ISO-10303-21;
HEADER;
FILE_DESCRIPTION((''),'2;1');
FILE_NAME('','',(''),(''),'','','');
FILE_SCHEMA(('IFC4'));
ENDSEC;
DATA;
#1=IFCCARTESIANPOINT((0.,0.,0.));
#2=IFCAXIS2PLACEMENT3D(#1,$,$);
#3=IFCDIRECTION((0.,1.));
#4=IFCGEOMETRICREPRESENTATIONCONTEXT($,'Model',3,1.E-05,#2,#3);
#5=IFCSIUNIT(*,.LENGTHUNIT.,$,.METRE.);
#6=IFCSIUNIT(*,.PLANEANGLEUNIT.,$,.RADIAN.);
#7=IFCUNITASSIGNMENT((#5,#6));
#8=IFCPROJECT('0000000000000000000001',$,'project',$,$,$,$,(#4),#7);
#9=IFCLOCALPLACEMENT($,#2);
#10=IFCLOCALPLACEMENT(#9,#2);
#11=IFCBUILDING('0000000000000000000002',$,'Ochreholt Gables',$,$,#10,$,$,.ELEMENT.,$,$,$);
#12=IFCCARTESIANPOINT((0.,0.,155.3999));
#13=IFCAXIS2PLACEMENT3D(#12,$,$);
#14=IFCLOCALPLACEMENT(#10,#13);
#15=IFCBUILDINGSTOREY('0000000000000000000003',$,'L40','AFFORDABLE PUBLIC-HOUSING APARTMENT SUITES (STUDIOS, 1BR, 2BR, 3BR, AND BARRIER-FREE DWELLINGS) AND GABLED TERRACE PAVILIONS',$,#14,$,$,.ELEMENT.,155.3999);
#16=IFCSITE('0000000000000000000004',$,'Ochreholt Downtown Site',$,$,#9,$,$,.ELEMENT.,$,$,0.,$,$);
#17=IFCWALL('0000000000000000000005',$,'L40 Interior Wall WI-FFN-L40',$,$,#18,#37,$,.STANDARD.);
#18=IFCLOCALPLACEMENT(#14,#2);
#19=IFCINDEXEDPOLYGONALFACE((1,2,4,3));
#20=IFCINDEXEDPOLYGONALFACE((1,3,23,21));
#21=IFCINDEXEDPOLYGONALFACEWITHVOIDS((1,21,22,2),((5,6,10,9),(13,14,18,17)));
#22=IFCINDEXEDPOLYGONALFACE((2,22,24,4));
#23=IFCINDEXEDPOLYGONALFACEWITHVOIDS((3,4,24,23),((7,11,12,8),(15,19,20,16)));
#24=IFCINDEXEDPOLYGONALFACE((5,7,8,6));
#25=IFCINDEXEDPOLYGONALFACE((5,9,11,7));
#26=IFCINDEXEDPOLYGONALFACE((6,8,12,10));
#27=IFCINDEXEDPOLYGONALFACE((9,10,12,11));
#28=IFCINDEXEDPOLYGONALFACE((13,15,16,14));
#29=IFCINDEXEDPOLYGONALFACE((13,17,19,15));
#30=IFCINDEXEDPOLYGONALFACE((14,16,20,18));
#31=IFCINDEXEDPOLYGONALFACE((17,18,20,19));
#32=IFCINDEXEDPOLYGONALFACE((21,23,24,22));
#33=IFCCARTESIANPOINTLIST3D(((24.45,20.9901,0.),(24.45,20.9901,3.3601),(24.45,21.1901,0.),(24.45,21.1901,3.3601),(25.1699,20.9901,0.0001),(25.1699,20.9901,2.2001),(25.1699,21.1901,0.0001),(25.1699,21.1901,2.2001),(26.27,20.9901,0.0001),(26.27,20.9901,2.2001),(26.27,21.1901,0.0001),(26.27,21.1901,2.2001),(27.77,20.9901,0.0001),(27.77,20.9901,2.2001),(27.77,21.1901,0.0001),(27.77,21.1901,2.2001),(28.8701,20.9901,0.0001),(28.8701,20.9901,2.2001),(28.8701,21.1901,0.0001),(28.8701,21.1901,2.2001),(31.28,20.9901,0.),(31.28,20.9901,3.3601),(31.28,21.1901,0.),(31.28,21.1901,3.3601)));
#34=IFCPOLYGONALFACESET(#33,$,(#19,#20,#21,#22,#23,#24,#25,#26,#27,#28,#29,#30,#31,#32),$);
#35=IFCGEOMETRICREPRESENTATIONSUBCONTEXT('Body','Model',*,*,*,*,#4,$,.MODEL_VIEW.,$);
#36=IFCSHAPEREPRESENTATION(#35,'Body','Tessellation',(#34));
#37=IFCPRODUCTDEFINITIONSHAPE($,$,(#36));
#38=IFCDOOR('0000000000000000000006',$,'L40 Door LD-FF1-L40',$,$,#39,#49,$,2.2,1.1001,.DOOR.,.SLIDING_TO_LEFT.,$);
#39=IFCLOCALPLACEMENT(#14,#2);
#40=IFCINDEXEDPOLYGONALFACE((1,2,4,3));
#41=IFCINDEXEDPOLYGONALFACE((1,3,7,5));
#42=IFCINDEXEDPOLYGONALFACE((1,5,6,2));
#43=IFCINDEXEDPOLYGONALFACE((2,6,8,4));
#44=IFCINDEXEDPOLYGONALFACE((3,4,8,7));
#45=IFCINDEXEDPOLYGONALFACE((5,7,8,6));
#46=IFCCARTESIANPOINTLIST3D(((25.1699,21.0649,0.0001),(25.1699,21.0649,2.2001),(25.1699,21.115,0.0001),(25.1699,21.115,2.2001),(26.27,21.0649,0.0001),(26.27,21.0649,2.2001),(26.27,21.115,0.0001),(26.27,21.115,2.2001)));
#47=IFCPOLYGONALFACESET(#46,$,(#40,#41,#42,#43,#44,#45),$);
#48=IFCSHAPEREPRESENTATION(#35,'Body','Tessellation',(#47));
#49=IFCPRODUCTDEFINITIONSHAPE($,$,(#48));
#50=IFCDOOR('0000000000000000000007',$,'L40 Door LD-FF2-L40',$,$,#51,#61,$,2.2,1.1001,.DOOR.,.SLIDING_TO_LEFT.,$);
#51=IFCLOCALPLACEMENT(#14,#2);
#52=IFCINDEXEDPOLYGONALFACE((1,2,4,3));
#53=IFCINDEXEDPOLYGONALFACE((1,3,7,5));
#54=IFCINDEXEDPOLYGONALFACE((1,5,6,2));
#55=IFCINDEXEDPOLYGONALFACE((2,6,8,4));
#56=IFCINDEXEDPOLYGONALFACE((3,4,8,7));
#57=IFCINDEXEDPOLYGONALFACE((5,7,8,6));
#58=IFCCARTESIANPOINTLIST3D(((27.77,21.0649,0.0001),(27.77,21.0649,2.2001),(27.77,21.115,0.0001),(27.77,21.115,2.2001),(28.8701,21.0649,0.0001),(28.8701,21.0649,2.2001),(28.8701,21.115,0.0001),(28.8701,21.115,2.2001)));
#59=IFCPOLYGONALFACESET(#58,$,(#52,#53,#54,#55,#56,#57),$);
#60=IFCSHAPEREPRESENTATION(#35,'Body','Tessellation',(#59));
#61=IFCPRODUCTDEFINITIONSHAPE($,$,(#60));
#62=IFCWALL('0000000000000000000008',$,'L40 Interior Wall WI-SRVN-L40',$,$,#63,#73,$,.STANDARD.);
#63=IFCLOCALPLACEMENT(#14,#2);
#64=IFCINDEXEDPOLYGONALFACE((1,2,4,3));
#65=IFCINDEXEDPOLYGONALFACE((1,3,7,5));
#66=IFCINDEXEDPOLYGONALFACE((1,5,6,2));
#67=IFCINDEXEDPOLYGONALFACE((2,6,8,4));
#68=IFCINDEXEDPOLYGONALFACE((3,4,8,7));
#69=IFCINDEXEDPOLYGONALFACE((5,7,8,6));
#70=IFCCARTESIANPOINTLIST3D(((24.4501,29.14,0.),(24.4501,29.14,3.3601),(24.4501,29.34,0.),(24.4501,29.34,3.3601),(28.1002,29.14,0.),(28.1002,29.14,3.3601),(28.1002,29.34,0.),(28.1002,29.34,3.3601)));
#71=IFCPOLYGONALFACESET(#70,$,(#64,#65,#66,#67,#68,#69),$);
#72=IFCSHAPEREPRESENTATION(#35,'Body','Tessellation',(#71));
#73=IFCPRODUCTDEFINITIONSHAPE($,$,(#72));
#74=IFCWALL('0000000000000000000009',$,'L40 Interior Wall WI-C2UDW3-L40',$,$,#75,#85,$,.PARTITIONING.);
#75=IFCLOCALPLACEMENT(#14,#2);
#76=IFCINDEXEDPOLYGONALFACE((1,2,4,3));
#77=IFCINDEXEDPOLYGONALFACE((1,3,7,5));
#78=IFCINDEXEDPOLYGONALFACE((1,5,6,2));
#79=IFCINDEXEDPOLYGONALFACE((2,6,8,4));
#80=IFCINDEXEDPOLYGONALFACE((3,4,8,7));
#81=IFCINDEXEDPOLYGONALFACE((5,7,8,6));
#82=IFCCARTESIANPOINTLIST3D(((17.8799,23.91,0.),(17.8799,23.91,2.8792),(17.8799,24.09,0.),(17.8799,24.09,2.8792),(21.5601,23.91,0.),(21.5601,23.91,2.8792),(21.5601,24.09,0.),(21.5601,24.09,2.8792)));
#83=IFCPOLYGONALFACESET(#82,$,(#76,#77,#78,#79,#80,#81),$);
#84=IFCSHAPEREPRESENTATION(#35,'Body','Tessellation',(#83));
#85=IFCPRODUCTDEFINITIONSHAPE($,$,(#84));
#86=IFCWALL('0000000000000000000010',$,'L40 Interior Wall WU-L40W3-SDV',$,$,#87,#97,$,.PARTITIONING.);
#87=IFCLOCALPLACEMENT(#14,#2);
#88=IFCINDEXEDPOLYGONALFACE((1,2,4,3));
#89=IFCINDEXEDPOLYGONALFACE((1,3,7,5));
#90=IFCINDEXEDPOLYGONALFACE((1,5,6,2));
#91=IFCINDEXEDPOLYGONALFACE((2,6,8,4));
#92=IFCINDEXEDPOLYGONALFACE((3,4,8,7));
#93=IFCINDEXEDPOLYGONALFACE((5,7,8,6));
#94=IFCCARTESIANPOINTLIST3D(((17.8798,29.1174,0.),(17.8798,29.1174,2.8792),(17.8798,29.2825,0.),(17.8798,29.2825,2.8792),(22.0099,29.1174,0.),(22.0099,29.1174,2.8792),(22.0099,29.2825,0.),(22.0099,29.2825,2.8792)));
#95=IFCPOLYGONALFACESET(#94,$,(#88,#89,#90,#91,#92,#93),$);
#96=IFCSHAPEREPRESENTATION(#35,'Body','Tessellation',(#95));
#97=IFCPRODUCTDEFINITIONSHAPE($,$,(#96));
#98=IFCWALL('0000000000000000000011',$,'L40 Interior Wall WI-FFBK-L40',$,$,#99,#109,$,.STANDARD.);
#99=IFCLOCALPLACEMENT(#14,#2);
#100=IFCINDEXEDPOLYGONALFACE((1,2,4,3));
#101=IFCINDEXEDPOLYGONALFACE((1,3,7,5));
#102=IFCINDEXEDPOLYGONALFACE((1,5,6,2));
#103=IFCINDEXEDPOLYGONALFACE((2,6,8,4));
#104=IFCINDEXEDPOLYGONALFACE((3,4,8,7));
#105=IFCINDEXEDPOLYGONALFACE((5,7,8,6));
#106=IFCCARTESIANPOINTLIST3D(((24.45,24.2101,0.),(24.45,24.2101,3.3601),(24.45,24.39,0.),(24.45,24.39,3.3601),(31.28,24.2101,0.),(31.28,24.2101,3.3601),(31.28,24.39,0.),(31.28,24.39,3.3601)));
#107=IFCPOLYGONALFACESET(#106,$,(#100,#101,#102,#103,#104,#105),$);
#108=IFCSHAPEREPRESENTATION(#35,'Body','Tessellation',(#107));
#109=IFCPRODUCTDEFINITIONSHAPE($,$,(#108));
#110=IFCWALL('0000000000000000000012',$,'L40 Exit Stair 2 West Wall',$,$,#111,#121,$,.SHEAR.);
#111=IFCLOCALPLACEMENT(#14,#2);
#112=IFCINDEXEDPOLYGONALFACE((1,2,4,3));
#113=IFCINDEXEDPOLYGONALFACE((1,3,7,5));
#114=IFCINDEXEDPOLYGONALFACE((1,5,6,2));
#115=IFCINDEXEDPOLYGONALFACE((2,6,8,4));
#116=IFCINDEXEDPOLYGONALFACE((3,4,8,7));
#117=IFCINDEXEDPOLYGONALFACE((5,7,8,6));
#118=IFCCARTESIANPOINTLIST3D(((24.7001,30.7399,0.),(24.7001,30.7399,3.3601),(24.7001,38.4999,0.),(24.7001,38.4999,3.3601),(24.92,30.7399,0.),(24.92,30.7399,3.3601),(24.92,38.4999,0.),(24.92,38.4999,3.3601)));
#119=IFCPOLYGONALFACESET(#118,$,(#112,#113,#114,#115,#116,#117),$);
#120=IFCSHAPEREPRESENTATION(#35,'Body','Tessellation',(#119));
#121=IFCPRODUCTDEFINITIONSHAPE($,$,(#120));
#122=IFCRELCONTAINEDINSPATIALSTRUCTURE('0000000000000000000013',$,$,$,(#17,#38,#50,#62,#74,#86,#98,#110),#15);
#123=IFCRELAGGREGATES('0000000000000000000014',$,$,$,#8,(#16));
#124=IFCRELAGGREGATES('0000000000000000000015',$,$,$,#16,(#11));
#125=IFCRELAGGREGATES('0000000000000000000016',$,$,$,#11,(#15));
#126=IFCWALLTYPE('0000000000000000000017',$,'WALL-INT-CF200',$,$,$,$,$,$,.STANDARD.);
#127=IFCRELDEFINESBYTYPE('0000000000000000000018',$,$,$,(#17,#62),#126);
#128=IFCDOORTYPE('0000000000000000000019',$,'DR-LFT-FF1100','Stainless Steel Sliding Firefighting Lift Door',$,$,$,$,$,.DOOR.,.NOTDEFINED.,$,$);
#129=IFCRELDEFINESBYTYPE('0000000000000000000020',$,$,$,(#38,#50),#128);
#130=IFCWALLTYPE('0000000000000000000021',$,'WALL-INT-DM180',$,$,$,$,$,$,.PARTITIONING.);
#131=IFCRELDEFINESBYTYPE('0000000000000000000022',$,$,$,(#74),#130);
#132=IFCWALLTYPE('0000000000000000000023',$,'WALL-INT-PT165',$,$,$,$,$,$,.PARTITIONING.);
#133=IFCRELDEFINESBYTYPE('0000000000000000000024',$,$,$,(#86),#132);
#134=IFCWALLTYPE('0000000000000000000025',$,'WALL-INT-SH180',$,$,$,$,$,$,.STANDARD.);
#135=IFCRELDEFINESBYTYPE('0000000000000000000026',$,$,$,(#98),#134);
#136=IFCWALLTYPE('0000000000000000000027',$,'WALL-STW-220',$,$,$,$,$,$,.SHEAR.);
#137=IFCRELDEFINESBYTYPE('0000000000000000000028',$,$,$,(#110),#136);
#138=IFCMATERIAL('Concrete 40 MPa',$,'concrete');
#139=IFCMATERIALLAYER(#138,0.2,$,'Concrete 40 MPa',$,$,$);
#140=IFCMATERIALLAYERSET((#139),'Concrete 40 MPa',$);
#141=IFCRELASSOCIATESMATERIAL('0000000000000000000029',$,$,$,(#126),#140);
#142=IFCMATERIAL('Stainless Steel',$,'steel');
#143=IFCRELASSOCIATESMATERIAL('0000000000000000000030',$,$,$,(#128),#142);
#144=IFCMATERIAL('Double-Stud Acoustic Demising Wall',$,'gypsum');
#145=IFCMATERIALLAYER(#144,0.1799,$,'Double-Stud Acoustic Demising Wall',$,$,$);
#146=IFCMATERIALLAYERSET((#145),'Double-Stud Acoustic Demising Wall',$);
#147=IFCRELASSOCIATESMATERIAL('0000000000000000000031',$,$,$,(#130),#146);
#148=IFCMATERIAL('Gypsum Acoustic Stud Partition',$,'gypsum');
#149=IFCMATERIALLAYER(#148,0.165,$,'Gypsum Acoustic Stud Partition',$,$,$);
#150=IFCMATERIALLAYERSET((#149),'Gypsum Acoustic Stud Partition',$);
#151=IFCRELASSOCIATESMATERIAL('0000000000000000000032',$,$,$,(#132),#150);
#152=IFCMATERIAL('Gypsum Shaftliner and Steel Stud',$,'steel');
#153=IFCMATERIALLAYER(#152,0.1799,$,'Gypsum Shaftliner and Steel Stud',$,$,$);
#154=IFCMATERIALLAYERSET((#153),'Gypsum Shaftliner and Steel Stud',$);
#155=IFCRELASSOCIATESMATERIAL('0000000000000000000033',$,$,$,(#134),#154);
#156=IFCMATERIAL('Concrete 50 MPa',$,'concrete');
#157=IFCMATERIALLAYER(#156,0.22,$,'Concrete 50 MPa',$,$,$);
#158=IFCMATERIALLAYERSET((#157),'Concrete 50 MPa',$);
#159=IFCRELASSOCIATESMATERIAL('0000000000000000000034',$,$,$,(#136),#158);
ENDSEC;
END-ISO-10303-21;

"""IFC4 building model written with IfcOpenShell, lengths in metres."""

from ifc_helpers import new_model, si_unit, direction, frame, frame_2d, origin, place, context, subcontext, project, spatial, rectangle, extrude, material, layer, layer_set, type_object, element, fill, save


model = new_model("IFC4")

# Units and contexts
model_context = context("Model", 3, precision=1e-05, world=origin(), true_north=direction((0.0, 1.0)))
body_context = subcontext(model_context, "Body", "Model", "MODEL_VIEW")
ifc_project = project(units=[si_unit("LENGTHUNIT", "METRE"), si_unit("PLANEANGLEUNIT", "RADIAN")], contexts=[model_context])

# Site, building, storey
site_placement = place(None, origin())
site = spatial("IfcSite", under=ifc_project, at=site_placement, Name="Ochreholt Downtown Site", CompositionType="ELEMENT", RefElevation=0.0)
building_placement = place(site_placement, origin())
building = spatial("IfcBuilding", under=site, at=building_placement, Name="Ochreholt Gables", CompositionType="ELEMENT")
storey_placement = place(building_placement, frame((0.0, 0.0, 155.3999)))
storey = spatial("IfcBuildingStorey", under=building, at=storey_placement, Name="L40", Description="AFFORDABLE PUBLIC-HOUSING APARTMENT SUITES (STUDIOS, 1BR, 2BR, 3BR, AND BARRIER-FREE DWELLINGS) AND GABLED TERRACE PAVILIONS", CompositionType="ELEMENT", Elevation=155.3999)

# Shared definitions
ifc_material_1 = material(Name="Concrete 50 MPa", Category="concrete")

# Wall, openings, doors
ifc_material_2 = material(Name="Concrete 40 MPa", Category="concrete")
ifc_layer_1 = layer(ifc_material_2, 0.2, Name="Concrete 40 MPa")
ifc_layer_set_1 = layer_set([ifc_layer_1], Name="Concrete 40 MPa")
wall_type_1 = type_object("IfcWallType", Name="WALL-INT-CF200", PredefinedType="STANDARD", material=ifc_layer_set_1)
wall_1_placement = place(storey_placement, frame((24.45, 21.0901, 0.0), z_axis=(0.0, 0.0, 1.0), x_axis=(1.0, 0.0, 0.0)))
wall_1 = element("IfcWall", 1, at=wall_1_placement, inside=storey, type_object=wall_type_1, Name="L40 Interior Wall WI-FFN-L40", PredefinedType="STANDARD", context=body_context, shape_type="SweptSolid", body=[
    extrude(rectangle(XDim=6.8301, YDim=0.2, at=frame_2d((3.415, 0.0))), origin(), (0.0, 0.0, 1.0), 3.3601),
])
opening_1_placement = place(wall_1_placement, frame((0.72, 0.0, 0.0)))
opening_1 = element("IfcOpeningElement", 2, at=opening_1_placement, cuts=wall_1, PredefinedType="OPENING", context=body_context, shape_type="SweptSolid", body=[
    extrude(rectangle(XDim=1.1001, YDim=2.2, at=frame_2d((0.55, 1.1001))), frame((0.0, 0.1099, 0.0), z_axis=(0.0, -1.0, 0.0), x_axis=(1.0, 0.0, 0.0)), (0.0, 0.0, 1.0), 0.22),
])
opening_2_placement = place(wall_1_placement, frame((3.3201, 0.0, 0.0)))
opening_2 = element("IfcOpeningElement", 3, at=opening_2_placement, cuts=wall_1, PredefinedType="OPENING", context=body_context, shape_type="SweptSolid", body=[
    extrude(rectangle(XDim=1.1001, YDim=2.2, at=frame_2d((0.55, 1.1001))), frame((0.0, 0.1099, 0.0), z_axis=(0.0, -1.0, 0.0), x_axis=(1.0, 0.0, 0.0)), (0.0, 0.0, 1.0), 0.22),
])
ifc_material_3 = material(Name="Stainless Steel", Category="steel")
door_type_1 = type_object("IfcDoorType", Name="DR-LFT-FF1100", Description="Stainless Steel Sliding Firefighting Lift Door", OperationType="NOTDEFINED", PredefinedType="DOOR", material=ifc_material_3)
door_1_placement = place(opening_1_placement, origin())
door_1 = element("IfcDoor", 4, at=door_1_placement, inside=storey, type_object=door_type_1, Name="L40 Door LD-FF1-L40", OperationType="SLIDING_TO_LEFT", OverallHeight=2.2, OverallWidth=1.1001, PredefinedType="DOOR", context=body_context, shape_type="SweptSolid", body=[
    extrude(rectangle(XDim=1.1001, YDim=2.2, at=frame_2d((0.55, 1.1001))), frame((0.0, 0.0249, 0.0), z_axis=(0.0, -1.0, 0.0), x_axis=(1.0, 0.0, 0.0)), (0.0, 0.0, 1.0), 0.05),
])
fill(opening_1, door_1)
door_2_placement = place(opening_2_placement, origin())
door_2 = element("IfcDoor", 5, at=door_2_placement, inside=storey, type_object=door_type_1, Name="L40 Door LD-FF2-L40", OperationType="SLIDING_TO_LEFT", OverallHeight=2.2, OverallWidth=1.1001, PredefinedType="DOOR", context=body_context, shape_type="SweptSolid", body=[
    extrude(rectangle(XDim=1.1001, YDim=2.2, at=frame_2d((0.55, 1.1001))), frame((0.0, 0.0249, 0.0), z_axis=(0.0, -1.0, 0.0), x_axis=(1.0, 0.0, 0.0)), (0.0, 0.0, 1.0), 0.05),
])
fill(opening_2, door_2)

# Walls
wall_2_placement = place(storey_placement, frame((24.45, 29.24, 0.0), z_axis=(0.0, 0.0, 1.0), x_axis=(1.0, 0.0, 0.0)))
element("IfcWall", 6, at=wall_2_placement, inside=storey, type_object=wall_type_1, Name="L40 Interior Wall WI-SRVN-L40", PredefinedType="STANDARD", context=body_context, shape_type="SweptSolid", body=[
    extrude(rectangle(XDim=3.6501, YDim=0.2, at=frame_2d((1.8252, 0.0))), origin(), (0.0, 0.0, 1.0), 3.3601),
])
ifc_material_4 = material(Name="Double-Stud Acoustic Demising Wall", Category="gypsum")
ifc_layer_2 = layer(ifc_material_4, 0.1799, Name="Double-Stud Acoustic Demising Wall")
ifc_layer_set_2 = layer_set([ifc_layer_2], Name="Double-Stud Acoustic Demising Wall")
wall_type_2 = type_object("IfcWallType", Name="WALL-INT-DM180", PredefinedType="PARTITIONING", material=ifc_layer_set_2)
wall_3_placement = place(storey_placement, frame((17.8799, 24.0, 0.0), z_axis=(0.0, 0.0, 1.0), x_axis=(1.0, 0.0, 0.0)))
element("IfcWall", 7, at=wall_3_placement, inside=storey, type_object=wall_type_2, Name="L40 Interior Wall WI-C2UDW3-L40", PredefinedType="PARTITIONING", context=body_context, shape_type="SweptSolid", body=[
    extrude(rectangle(XDim=3.6802, YDim=0.1799, at=frame_2d((1.8401, 0.0))), origin(), (0.0, 0.0, 1.0), 2.8792),
])
ifc_material_5 = material(Name="Gypsum Acoustic Stud Partition", Category="gypsum")
ifc_layer_3 = layer(ifc_material_5, 0.165, Name="Gypsum Acoustic Stud Partition")
ifc_layer_set_3 = layer_set([ifc_layer_3], Name="Gypsum Acoustic Stud Partition")
wall_type_3 = type_object("IfcWallType", Name="WALL-INT-PT165", PredefinedType="PARTITIONING", material=ifc_layer_set_3)
wall_4_placement = place(storey_placement, frame((17.8799, 29.2, 0.0), z_axis=(0.0, 0.0, 1.0), x_axis=(1.0, 0.0, 0.0)))
element("IfcWall", 8, at=wall_4_placement, inside=storey, type_object=wall_type_3, Name="L40 Interior Wall WU-L40W3-SDV", PredefinedType="PARTITIONING", context=body_context, shape_type="SweptSolid", body=[
    extrude(rectangle(XDim=4.1301, YDim=0.165, at=frame_2d((2.0649, 0.0))), origin(), (0.0, 0.0, 1.0), 2.8792),
])
ifc_material_6 = material(Name="Gypsum Shaftliner and Steel Stud", Category="steel")
ifc_layer_4 = layer(ifc_material_6, 0.1799, Name="Gypsum Shaftliner and Steel Stud")
ifc_layer_set_4 = layer_set([ifc_layer_4], Name="Gypsum Shaftliner and Steel Stud")
wall_type_4 = type_object("IfcWallType", Name="WALL-INT-SH180", PredefinedType="STANDARD", material=ifc_layer_set_4)
wall_5_placement = place(storey_placement, frame((24.45, 24.3, 0.0), z_axis=(0.0, 0.0, 1.0), x_axis=(1.0, 0.0, 0.0)))
element("IfcWall", 9, at=wall_5_placement, inside=storey, type_object=wall_type_4, Name="L40 Interior Wall WI-FFBK-L40", PredefinedType="STANDARD", context=body_context, shape_type="SweptSolid", body=[
    extrude(rectangle(XDim=6.8301, YDim=0.1799, at=frame_2d((3.415, 0.0))), origin(), (0.0, 0.0, 1.0), 3.3601),
])
ifc_layer_5 = layer(ifc_material_1, 0.22, Name="Concrete 50 MPa")
ifc_layer_set_5 = layer_set([ifc_layer_5], Name="Concrete 50 MPa")
wall_type_5 = type_object("IfcWallType", Name="WALL-STW-220", PredefinedType="SHEAR", material=ifc_layer_set_5)
wall_6_placement = place(storey_placement, frame((24.8101, 30.74, 0.0), z_axis=(0.0, 0.0, 1.0), x_axis=(0.0, 1.0, 0.0)))
element("IfcWall", 10, at=wall_6_placement, inside=storey, type_object=wall_type_5, Name="L40 Exit Stair 2 West Wall", PredefinedType="SHEAR", context=body_context, shape_type="SweptSolid", body=[
    extrude(rectangle(XDim=7.76, YDim=0.22, at=frame_2d((3.8799, 0.0))), origin(), (0.0, 0.0, 1.0), 3.3601),
])

save(model, "model.ifc")
